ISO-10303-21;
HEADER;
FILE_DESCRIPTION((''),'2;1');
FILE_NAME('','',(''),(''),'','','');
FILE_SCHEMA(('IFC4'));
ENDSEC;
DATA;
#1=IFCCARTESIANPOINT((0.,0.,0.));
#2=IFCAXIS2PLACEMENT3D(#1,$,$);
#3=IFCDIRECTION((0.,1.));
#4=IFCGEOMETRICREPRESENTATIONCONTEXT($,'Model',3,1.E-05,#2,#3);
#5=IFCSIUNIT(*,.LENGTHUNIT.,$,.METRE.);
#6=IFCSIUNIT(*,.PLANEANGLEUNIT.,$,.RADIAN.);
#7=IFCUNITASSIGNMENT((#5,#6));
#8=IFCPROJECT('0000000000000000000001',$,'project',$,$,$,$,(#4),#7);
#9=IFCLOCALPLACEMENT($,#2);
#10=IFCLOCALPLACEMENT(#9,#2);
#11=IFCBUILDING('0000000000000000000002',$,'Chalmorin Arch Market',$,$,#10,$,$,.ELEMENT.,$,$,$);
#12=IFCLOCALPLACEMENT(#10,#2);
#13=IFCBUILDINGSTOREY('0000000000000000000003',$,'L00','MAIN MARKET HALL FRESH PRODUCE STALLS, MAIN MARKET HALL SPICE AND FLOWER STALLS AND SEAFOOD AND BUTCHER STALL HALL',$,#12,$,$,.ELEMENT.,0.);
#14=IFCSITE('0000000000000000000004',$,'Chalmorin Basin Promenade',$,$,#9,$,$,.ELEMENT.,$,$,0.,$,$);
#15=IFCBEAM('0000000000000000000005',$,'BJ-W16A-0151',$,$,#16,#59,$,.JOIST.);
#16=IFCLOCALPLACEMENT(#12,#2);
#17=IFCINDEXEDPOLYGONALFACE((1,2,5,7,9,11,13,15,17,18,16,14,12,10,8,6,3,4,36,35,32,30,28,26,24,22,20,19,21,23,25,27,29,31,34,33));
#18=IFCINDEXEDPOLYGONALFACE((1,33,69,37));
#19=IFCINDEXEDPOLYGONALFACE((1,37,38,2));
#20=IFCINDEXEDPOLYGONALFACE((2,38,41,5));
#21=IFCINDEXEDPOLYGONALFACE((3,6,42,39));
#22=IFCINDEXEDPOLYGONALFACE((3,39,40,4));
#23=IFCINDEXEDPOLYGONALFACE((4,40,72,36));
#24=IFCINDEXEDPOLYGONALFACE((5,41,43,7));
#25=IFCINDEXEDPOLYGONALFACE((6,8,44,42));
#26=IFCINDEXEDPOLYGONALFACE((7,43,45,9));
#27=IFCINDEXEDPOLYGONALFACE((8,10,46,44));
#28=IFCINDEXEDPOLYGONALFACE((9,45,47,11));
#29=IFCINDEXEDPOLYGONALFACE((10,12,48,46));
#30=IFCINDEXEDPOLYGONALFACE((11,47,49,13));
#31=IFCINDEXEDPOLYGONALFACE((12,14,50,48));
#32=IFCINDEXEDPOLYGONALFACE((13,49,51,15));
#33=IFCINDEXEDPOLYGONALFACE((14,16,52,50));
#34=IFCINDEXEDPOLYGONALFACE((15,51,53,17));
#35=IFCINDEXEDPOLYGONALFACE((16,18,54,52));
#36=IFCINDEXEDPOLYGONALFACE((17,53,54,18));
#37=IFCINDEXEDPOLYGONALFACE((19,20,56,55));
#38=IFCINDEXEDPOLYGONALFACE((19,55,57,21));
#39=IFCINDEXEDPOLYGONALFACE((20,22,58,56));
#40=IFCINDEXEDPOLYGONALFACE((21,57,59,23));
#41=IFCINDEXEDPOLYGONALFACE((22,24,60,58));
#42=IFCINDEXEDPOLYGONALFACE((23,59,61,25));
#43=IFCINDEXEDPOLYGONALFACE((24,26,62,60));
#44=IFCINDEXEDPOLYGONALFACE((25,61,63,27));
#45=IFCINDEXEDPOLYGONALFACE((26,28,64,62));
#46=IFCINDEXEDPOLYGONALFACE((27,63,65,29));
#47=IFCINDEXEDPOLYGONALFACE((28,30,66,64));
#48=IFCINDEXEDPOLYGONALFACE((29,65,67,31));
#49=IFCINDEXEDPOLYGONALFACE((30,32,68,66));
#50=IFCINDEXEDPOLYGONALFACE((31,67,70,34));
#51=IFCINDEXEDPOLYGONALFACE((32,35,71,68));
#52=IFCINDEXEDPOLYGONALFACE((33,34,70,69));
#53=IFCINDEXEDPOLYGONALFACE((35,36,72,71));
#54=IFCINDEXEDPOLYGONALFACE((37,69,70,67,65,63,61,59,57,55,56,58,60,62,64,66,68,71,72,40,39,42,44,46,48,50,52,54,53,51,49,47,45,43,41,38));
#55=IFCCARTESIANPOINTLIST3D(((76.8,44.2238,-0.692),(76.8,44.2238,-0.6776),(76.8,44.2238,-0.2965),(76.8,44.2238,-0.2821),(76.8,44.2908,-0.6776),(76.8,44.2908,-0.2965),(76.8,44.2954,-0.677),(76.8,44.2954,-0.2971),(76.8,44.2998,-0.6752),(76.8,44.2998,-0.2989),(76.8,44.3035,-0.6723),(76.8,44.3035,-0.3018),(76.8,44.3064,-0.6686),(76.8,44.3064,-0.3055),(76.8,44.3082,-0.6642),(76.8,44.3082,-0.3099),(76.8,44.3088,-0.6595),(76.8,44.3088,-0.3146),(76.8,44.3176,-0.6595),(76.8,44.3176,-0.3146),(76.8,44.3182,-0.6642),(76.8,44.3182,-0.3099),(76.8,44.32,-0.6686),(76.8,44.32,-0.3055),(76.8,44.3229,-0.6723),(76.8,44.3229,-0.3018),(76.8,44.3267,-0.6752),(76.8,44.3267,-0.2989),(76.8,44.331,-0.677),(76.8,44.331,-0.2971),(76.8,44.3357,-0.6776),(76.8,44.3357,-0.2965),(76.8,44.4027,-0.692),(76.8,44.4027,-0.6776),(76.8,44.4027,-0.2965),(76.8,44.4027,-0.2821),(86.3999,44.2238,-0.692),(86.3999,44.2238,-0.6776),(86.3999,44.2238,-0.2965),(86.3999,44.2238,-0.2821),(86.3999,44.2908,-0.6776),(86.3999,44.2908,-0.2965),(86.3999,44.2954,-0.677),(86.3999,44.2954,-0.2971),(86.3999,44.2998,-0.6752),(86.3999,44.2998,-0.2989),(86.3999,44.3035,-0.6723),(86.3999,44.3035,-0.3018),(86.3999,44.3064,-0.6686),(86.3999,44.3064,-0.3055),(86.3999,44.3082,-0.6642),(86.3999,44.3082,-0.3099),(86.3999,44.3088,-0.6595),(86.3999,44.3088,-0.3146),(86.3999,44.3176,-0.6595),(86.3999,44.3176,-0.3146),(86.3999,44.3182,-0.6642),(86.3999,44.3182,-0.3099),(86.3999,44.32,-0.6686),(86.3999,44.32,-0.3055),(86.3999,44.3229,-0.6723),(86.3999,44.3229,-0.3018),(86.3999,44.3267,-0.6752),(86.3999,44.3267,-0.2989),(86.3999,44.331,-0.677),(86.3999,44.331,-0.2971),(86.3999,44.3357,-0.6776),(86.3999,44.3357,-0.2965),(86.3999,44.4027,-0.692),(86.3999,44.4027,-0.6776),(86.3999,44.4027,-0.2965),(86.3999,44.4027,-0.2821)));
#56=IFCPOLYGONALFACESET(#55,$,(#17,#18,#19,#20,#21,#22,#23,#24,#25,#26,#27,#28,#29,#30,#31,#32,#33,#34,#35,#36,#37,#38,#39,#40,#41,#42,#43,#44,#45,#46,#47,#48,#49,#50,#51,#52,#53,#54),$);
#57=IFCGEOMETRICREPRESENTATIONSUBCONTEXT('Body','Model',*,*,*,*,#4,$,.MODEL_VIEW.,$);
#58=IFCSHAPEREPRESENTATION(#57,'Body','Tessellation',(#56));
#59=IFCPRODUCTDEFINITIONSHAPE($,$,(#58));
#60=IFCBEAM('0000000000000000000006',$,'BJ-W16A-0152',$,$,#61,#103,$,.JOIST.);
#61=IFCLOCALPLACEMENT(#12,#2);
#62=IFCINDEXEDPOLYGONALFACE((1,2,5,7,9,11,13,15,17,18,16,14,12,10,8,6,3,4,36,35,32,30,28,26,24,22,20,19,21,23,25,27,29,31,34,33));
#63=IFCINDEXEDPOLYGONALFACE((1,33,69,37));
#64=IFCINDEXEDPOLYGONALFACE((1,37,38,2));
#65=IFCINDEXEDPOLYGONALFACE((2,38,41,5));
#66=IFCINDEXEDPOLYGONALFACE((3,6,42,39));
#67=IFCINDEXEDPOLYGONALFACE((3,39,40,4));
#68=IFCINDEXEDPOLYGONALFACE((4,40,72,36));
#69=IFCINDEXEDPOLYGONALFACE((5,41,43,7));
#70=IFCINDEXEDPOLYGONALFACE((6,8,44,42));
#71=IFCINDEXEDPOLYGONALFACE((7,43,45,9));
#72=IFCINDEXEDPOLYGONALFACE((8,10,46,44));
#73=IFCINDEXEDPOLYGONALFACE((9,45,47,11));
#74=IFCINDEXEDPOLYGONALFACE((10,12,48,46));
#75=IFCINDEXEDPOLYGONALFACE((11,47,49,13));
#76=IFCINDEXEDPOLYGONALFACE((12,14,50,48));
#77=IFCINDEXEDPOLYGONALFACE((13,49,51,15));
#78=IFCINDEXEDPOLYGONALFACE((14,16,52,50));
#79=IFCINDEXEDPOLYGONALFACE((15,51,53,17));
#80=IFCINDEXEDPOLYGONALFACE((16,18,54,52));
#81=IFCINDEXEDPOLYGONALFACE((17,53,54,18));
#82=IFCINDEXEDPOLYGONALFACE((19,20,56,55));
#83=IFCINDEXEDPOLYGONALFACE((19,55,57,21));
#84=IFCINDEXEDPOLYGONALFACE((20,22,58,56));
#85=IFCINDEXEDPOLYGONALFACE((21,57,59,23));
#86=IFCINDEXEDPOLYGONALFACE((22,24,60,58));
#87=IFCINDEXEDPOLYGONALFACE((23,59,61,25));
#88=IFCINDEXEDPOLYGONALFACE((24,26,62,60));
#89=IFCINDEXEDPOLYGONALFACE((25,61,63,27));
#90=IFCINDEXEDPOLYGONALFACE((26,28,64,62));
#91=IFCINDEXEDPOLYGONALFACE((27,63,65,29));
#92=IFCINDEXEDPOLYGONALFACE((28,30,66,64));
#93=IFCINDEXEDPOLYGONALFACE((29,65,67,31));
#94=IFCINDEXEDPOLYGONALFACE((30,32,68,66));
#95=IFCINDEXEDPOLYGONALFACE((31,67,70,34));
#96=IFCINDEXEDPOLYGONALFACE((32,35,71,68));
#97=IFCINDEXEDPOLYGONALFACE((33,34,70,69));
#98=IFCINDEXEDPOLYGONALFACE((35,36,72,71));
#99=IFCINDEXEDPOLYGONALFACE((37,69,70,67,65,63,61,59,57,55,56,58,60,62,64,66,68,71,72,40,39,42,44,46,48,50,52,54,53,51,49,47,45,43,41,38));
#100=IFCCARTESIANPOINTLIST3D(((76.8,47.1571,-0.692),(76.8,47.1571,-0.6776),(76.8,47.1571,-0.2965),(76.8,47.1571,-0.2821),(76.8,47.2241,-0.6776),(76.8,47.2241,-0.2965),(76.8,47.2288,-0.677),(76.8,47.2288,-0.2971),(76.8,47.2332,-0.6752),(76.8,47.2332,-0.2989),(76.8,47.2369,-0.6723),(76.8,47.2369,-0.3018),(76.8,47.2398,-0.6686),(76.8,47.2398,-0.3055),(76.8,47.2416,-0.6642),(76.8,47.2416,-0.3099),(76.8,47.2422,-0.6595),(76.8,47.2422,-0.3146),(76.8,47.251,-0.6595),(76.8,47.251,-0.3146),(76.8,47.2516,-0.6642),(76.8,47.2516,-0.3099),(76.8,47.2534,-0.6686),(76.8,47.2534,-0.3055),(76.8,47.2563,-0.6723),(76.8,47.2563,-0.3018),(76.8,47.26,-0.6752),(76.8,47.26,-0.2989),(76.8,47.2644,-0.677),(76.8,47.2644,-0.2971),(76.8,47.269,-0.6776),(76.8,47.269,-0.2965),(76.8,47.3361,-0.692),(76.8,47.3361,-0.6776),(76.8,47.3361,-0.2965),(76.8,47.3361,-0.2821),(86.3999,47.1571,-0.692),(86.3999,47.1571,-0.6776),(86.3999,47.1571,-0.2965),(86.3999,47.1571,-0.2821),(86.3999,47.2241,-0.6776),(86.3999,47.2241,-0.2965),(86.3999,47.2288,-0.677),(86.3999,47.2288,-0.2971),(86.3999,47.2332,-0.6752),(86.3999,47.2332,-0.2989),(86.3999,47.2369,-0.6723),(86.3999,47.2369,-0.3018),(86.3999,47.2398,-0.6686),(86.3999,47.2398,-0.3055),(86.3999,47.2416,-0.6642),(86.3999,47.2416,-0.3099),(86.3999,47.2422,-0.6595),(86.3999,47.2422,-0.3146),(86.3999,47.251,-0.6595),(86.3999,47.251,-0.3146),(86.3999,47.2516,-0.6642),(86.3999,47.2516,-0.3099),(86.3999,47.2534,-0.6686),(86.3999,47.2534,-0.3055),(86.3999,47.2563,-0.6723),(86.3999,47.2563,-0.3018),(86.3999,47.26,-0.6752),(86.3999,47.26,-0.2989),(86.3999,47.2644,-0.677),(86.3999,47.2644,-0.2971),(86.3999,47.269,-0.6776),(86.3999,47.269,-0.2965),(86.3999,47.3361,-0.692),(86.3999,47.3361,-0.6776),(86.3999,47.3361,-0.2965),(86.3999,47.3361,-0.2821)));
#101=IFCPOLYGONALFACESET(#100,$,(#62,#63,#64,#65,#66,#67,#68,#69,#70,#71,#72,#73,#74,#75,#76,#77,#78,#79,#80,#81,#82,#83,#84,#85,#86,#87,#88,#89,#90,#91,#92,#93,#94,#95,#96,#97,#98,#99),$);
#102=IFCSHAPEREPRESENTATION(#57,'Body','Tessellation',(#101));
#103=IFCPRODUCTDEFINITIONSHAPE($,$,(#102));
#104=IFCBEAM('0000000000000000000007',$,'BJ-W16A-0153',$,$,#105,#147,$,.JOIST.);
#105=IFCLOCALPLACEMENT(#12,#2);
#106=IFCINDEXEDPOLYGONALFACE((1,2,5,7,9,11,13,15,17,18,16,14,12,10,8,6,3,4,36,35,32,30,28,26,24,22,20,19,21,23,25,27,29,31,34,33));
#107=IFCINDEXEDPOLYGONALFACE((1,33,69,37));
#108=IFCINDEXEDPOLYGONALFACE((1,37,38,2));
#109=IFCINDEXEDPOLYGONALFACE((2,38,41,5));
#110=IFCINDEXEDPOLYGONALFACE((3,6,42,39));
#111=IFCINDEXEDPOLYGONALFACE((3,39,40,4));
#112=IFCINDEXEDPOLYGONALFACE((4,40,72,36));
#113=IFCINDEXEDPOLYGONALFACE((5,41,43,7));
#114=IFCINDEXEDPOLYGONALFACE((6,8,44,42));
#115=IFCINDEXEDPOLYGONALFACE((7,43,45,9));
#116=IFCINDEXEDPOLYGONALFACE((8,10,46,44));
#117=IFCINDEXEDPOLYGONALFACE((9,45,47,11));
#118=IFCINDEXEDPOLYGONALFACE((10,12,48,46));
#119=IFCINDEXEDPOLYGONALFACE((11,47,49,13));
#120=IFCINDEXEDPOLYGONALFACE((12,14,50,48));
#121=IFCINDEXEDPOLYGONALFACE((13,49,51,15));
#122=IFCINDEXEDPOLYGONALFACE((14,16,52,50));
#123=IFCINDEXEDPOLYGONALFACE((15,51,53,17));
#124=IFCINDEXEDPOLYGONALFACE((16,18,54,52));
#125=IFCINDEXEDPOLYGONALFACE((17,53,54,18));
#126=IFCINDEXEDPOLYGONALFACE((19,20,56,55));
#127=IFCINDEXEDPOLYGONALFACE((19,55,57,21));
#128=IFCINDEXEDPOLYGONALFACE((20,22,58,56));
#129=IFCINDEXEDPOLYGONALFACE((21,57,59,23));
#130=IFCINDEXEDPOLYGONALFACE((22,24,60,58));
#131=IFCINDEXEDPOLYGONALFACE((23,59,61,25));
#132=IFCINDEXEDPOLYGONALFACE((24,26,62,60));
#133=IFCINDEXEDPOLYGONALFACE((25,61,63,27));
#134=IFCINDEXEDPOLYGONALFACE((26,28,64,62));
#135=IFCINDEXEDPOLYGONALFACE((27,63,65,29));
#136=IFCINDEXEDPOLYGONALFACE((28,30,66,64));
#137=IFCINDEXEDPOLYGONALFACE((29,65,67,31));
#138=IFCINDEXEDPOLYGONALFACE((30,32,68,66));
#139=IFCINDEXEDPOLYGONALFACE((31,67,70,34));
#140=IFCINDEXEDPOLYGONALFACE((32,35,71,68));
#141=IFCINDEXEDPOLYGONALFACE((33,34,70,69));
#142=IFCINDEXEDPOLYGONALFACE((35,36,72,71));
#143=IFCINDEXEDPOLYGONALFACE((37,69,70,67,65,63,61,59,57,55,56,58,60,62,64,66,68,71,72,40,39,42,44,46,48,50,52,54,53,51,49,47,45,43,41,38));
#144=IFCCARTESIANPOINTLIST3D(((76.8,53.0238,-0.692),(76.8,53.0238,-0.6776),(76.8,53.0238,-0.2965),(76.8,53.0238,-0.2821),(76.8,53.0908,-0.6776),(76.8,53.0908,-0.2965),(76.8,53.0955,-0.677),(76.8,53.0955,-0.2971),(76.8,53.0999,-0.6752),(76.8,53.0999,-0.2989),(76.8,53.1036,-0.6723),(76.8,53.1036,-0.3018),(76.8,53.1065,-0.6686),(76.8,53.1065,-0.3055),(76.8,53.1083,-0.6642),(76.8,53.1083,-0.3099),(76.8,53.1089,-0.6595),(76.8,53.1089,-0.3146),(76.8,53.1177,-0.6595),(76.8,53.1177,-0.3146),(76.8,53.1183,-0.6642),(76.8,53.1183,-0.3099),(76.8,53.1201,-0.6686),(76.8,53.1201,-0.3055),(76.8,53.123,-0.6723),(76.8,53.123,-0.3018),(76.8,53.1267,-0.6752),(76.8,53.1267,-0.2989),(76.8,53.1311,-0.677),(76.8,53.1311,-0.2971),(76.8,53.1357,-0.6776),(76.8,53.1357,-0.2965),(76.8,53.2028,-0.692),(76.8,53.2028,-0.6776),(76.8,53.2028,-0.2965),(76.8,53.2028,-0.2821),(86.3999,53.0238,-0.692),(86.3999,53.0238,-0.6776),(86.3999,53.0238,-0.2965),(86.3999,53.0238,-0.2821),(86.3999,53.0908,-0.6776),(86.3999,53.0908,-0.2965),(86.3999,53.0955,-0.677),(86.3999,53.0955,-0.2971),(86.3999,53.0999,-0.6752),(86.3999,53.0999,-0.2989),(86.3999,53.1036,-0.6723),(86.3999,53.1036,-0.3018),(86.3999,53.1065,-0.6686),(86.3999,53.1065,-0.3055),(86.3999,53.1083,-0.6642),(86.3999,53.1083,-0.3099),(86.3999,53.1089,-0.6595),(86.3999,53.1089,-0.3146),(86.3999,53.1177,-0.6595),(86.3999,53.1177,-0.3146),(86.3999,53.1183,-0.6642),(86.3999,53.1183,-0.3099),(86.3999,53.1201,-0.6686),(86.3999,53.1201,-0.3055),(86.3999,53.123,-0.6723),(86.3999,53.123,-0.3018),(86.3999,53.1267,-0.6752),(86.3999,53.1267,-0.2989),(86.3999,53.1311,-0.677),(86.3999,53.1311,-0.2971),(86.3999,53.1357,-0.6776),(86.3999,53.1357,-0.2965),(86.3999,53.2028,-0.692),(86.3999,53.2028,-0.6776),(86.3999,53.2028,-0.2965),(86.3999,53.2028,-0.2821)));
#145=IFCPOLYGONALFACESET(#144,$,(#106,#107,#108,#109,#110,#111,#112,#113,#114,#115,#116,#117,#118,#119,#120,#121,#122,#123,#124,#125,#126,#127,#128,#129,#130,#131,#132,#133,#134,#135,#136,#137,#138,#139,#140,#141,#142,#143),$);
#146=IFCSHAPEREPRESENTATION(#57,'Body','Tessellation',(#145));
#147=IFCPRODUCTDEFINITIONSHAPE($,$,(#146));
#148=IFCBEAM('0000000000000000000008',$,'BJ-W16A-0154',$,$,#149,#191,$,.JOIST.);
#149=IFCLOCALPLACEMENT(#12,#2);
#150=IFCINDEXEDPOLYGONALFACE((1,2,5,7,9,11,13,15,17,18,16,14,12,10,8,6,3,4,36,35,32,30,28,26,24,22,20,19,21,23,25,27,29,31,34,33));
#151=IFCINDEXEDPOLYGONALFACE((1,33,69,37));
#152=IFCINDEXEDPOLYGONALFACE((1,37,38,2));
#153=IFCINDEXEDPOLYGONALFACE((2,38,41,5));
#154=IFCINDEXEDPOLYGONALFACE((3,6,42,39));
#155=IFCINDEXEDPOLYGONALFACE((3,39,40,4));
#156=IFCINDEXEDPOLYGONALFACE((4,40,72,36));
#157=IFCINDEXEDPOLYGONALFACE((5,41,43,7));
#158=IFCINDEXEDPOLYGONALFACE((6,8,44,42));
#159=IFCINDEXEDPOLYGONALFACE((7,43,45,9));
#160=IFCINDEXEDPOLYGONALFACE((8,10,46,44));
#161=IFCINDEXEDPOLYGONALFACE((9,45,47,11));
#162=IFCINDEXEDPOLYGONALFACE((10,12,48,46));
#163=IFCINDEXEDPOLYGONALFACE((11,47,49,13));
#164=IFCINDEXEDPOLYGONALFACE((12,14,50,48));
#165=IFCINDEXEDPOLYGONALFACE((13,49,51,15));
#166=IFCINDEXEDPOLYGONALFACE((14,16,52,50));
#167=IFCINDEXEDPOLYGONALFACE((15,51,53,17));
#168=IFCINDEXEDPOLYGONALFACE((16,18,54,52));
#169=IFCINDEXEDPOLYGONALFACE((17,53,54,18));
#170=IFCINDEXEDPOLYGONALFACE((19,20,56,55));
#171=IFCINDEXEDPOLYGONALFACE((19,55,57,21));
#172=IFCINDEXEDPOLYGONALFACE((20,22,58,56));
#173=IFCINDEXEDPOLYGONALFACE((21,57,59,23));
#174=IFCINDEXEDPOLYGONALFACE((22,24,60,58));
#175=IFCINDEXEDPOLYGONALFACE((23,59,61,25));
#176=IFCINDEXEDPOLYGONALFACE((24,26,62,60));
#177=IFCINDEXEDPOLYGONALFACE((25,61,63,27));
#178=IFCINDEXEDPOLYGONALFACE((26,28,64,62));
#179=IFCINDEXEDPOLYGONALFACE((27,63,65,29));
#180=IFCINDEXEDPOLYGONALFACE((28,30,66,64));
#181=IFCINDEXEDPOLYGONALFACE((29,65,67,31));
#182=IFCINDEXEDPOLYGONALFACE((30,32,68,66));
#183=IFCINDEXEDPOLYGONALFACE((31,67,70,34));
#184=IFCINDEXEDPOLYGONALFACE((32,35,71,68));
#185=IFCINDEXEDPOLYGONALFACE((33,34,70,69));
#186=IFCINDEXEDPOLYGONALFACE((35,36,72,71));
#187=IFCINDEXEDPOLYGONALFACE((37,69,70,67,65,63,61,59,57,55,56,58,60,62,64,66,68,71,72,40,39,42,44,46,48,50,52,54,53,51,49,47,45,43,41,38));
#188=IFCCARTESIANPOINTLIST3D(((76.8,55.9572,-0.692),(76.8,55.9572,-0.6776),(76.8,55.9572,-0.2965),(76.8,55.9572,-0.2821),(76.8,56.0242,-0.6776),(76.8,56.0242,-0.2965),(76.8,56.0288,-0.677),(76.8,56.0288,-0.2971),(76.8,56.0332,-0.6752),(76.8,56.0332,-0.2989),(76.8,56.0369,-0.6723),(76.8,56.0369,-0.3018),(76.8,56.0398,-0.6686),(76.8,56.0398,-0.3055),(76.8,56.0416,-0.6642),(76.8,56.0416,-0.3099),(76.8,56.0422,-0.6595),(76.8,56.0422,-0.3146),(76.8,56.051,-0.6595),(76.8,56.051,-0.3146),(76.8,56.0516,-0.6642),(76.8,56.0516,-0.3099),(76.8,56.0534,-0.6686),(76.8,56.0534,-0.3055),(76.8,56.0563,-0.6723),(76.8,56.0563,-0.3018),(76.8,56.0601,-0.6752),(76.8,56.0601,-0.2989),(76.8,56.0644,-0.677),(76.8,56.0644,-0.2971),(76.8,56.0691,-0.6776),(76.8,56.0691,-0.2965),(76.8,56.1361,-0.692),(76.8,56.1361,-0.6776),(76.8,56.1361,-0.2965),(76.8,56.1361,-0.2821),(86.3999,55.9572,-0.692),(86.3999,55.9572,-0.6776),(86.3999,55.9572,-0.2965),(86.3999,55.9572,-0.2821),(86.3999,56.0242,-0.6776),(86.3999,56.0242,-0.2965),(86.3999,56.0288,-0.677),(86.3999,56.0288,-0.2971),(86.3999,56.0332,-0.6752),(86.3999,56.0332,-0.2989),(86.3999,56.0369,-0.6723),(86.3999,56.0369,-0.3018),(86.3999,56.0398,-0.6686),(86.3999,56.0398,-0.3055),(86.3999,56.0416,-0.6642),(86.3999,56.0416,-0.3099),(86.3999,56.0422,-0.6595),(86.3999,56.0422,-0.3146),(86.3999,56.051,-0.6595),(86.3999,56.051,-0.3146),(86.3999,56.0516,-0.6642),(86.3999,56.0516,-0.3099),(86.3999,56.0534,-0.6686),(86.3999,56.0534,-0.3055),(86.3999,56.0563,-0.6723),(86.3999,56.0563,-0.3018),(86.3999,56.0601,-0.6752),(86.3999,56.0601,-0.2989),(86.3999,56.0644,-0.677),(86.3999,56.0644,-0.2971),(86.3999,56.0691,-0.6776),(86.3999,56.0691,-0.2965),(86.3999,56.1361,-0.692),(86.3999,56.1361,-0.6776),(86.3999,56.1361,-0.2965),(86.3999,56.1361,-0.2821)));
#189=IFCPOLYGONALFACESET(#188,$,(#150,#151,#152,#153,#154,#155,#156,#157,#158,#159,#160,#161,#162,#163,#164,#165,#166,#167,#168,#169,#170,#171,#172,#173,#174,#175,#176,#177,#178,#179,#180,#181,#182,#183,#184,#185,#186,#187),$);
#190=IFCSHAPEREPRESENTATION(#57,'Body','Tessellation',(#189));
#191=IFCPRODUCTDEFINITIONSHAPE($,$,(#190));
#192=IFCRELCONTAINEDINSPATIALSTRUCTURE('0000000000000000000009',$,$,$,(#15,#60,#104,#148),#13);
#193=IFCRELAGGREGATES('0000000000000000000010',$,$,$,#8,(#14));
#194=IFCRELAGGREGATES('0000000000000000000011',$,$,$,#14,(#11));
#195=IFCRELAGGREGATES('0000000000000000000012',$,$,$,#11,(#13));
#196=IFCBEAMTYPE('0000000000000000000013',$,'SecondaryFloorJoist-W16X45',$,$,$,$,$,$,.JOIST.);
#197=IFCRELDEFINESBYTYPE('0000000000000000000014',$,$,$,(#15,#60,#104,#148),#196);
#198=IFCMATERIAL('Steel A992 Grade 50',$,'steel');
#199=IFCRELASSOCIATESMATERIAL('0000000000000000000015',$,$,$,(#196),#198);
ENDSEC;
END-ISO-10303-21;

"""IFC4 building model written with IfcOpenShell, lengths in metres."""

from ifc_helpers import new_model, si_unit, direction, frame, origin, origin_2d, place, context, subcontext, project, spatial, i_section, extrude, material, material_profile, profile_set, type_object, element, save


model = new_model("IFC4")

# Units and contexts
model_context = context("Model", 3, precision=1e-05, world=origin(), true_north=direction((0.0, 1.0)))
body_context = subcontext(model_context, "Body", "Model", "MODEL_VIEW")
ifc_project = project(units=[si_unit("LENGTHUNIT", "METRE"), si_unit("PLANEANGLEUNIT", "RADIAN")], contexts=[model_context])

# Site, building, storey
site_placement = place(None, origin())
site = spatial("IfcSite", under=ifc_project, at=site_placement, Name="Chalmorin Basin Promenade", CompositionType="ELEMENT", RefElevation=0.0)
building_placement = place(site_placement, origin())
building = spatial("IfcBuilding", under=site, at=building_placement, Name="Chalmorin Arch Market", CompositionType="ELEMENT")
storey_placement = place(building_placement, origin())
storey = spatial("IfcBuildingStorey", under=building, at=storey_placement, Name="L00", Description="MAIN MARKET HALL FRESH PRODUCE STALLS, MAIN MARKET HALL SPICE AND FLOWER STALLS AND SEAFOOD AND BUTCHER STALL HALL", CompositionType="ELEMENT", Elevation=0.0)

# Beams
ifc_material_1 = material(Name="Steel A992 Grade 50", Category="steel")
ifc_material_profile_1 = material_profile(ifc_material_1, i_section(OverallWidth=0.179, OverallDepth=0.4099, WebThickness=0.0088, FlangeThickness=0.0144, FilletRadius=0.0181, at=origin_2d()), Name="W16X45")
ifc_profile_set_1 = profile_set([ifc_material_profile_1], Name="Steel A992 Grade 50")
beam_type_1 = type_object("IfcBeamType", Name="SecondaryFloorJoist-W16X45", PredefinedType="JOIST", material=ifc_profile_set_1)
for number, where, z_axis, x_axis, name in (
    (1, (76.8, 44.3132, -0.4871), (1.0, 0.0, 0.0), (0.0, 1.0, 0.0), "BJ-W16A-0151"),
    (2, (76.8, 47.2466, -0.4871), (1.0, 0.0, 0.0), (0.0, 1.0, 0.0), "BJ-W16A-0152"),
    (3, (76.8, 53.1133, -0.4871), (1.0, 0.0, 0.0), (0.0, 1.0, 0.0), "BJ-W16A-0153"),
    (4, (76.8, 56.0466, -0.4871), (1.0, 0.0, 0.0), (0.0, 1.0, 0.0), "BJ-W16A-0154"),
):
    element("IfcBeam", number, at=place(storey_placement, frame(where, z_axis=z_axis, x_axis=x_axis)), inside=storey, type_object=beam_type_1, Name=name, PredefinedType="JOIST", context=body_context, shape_type="SweptSolid", body=[
        extrude(i_section(OverallWidth=0.179, OverallDepth=0.4099, WebThickness=0.0088, FlangeThickness=0.0144, FilletRadius=0.0181, at=origin_2d()), origin(), (0.0, 0.0, 1.0), 9.5999),
    ])

save(model, "model.ifc")
